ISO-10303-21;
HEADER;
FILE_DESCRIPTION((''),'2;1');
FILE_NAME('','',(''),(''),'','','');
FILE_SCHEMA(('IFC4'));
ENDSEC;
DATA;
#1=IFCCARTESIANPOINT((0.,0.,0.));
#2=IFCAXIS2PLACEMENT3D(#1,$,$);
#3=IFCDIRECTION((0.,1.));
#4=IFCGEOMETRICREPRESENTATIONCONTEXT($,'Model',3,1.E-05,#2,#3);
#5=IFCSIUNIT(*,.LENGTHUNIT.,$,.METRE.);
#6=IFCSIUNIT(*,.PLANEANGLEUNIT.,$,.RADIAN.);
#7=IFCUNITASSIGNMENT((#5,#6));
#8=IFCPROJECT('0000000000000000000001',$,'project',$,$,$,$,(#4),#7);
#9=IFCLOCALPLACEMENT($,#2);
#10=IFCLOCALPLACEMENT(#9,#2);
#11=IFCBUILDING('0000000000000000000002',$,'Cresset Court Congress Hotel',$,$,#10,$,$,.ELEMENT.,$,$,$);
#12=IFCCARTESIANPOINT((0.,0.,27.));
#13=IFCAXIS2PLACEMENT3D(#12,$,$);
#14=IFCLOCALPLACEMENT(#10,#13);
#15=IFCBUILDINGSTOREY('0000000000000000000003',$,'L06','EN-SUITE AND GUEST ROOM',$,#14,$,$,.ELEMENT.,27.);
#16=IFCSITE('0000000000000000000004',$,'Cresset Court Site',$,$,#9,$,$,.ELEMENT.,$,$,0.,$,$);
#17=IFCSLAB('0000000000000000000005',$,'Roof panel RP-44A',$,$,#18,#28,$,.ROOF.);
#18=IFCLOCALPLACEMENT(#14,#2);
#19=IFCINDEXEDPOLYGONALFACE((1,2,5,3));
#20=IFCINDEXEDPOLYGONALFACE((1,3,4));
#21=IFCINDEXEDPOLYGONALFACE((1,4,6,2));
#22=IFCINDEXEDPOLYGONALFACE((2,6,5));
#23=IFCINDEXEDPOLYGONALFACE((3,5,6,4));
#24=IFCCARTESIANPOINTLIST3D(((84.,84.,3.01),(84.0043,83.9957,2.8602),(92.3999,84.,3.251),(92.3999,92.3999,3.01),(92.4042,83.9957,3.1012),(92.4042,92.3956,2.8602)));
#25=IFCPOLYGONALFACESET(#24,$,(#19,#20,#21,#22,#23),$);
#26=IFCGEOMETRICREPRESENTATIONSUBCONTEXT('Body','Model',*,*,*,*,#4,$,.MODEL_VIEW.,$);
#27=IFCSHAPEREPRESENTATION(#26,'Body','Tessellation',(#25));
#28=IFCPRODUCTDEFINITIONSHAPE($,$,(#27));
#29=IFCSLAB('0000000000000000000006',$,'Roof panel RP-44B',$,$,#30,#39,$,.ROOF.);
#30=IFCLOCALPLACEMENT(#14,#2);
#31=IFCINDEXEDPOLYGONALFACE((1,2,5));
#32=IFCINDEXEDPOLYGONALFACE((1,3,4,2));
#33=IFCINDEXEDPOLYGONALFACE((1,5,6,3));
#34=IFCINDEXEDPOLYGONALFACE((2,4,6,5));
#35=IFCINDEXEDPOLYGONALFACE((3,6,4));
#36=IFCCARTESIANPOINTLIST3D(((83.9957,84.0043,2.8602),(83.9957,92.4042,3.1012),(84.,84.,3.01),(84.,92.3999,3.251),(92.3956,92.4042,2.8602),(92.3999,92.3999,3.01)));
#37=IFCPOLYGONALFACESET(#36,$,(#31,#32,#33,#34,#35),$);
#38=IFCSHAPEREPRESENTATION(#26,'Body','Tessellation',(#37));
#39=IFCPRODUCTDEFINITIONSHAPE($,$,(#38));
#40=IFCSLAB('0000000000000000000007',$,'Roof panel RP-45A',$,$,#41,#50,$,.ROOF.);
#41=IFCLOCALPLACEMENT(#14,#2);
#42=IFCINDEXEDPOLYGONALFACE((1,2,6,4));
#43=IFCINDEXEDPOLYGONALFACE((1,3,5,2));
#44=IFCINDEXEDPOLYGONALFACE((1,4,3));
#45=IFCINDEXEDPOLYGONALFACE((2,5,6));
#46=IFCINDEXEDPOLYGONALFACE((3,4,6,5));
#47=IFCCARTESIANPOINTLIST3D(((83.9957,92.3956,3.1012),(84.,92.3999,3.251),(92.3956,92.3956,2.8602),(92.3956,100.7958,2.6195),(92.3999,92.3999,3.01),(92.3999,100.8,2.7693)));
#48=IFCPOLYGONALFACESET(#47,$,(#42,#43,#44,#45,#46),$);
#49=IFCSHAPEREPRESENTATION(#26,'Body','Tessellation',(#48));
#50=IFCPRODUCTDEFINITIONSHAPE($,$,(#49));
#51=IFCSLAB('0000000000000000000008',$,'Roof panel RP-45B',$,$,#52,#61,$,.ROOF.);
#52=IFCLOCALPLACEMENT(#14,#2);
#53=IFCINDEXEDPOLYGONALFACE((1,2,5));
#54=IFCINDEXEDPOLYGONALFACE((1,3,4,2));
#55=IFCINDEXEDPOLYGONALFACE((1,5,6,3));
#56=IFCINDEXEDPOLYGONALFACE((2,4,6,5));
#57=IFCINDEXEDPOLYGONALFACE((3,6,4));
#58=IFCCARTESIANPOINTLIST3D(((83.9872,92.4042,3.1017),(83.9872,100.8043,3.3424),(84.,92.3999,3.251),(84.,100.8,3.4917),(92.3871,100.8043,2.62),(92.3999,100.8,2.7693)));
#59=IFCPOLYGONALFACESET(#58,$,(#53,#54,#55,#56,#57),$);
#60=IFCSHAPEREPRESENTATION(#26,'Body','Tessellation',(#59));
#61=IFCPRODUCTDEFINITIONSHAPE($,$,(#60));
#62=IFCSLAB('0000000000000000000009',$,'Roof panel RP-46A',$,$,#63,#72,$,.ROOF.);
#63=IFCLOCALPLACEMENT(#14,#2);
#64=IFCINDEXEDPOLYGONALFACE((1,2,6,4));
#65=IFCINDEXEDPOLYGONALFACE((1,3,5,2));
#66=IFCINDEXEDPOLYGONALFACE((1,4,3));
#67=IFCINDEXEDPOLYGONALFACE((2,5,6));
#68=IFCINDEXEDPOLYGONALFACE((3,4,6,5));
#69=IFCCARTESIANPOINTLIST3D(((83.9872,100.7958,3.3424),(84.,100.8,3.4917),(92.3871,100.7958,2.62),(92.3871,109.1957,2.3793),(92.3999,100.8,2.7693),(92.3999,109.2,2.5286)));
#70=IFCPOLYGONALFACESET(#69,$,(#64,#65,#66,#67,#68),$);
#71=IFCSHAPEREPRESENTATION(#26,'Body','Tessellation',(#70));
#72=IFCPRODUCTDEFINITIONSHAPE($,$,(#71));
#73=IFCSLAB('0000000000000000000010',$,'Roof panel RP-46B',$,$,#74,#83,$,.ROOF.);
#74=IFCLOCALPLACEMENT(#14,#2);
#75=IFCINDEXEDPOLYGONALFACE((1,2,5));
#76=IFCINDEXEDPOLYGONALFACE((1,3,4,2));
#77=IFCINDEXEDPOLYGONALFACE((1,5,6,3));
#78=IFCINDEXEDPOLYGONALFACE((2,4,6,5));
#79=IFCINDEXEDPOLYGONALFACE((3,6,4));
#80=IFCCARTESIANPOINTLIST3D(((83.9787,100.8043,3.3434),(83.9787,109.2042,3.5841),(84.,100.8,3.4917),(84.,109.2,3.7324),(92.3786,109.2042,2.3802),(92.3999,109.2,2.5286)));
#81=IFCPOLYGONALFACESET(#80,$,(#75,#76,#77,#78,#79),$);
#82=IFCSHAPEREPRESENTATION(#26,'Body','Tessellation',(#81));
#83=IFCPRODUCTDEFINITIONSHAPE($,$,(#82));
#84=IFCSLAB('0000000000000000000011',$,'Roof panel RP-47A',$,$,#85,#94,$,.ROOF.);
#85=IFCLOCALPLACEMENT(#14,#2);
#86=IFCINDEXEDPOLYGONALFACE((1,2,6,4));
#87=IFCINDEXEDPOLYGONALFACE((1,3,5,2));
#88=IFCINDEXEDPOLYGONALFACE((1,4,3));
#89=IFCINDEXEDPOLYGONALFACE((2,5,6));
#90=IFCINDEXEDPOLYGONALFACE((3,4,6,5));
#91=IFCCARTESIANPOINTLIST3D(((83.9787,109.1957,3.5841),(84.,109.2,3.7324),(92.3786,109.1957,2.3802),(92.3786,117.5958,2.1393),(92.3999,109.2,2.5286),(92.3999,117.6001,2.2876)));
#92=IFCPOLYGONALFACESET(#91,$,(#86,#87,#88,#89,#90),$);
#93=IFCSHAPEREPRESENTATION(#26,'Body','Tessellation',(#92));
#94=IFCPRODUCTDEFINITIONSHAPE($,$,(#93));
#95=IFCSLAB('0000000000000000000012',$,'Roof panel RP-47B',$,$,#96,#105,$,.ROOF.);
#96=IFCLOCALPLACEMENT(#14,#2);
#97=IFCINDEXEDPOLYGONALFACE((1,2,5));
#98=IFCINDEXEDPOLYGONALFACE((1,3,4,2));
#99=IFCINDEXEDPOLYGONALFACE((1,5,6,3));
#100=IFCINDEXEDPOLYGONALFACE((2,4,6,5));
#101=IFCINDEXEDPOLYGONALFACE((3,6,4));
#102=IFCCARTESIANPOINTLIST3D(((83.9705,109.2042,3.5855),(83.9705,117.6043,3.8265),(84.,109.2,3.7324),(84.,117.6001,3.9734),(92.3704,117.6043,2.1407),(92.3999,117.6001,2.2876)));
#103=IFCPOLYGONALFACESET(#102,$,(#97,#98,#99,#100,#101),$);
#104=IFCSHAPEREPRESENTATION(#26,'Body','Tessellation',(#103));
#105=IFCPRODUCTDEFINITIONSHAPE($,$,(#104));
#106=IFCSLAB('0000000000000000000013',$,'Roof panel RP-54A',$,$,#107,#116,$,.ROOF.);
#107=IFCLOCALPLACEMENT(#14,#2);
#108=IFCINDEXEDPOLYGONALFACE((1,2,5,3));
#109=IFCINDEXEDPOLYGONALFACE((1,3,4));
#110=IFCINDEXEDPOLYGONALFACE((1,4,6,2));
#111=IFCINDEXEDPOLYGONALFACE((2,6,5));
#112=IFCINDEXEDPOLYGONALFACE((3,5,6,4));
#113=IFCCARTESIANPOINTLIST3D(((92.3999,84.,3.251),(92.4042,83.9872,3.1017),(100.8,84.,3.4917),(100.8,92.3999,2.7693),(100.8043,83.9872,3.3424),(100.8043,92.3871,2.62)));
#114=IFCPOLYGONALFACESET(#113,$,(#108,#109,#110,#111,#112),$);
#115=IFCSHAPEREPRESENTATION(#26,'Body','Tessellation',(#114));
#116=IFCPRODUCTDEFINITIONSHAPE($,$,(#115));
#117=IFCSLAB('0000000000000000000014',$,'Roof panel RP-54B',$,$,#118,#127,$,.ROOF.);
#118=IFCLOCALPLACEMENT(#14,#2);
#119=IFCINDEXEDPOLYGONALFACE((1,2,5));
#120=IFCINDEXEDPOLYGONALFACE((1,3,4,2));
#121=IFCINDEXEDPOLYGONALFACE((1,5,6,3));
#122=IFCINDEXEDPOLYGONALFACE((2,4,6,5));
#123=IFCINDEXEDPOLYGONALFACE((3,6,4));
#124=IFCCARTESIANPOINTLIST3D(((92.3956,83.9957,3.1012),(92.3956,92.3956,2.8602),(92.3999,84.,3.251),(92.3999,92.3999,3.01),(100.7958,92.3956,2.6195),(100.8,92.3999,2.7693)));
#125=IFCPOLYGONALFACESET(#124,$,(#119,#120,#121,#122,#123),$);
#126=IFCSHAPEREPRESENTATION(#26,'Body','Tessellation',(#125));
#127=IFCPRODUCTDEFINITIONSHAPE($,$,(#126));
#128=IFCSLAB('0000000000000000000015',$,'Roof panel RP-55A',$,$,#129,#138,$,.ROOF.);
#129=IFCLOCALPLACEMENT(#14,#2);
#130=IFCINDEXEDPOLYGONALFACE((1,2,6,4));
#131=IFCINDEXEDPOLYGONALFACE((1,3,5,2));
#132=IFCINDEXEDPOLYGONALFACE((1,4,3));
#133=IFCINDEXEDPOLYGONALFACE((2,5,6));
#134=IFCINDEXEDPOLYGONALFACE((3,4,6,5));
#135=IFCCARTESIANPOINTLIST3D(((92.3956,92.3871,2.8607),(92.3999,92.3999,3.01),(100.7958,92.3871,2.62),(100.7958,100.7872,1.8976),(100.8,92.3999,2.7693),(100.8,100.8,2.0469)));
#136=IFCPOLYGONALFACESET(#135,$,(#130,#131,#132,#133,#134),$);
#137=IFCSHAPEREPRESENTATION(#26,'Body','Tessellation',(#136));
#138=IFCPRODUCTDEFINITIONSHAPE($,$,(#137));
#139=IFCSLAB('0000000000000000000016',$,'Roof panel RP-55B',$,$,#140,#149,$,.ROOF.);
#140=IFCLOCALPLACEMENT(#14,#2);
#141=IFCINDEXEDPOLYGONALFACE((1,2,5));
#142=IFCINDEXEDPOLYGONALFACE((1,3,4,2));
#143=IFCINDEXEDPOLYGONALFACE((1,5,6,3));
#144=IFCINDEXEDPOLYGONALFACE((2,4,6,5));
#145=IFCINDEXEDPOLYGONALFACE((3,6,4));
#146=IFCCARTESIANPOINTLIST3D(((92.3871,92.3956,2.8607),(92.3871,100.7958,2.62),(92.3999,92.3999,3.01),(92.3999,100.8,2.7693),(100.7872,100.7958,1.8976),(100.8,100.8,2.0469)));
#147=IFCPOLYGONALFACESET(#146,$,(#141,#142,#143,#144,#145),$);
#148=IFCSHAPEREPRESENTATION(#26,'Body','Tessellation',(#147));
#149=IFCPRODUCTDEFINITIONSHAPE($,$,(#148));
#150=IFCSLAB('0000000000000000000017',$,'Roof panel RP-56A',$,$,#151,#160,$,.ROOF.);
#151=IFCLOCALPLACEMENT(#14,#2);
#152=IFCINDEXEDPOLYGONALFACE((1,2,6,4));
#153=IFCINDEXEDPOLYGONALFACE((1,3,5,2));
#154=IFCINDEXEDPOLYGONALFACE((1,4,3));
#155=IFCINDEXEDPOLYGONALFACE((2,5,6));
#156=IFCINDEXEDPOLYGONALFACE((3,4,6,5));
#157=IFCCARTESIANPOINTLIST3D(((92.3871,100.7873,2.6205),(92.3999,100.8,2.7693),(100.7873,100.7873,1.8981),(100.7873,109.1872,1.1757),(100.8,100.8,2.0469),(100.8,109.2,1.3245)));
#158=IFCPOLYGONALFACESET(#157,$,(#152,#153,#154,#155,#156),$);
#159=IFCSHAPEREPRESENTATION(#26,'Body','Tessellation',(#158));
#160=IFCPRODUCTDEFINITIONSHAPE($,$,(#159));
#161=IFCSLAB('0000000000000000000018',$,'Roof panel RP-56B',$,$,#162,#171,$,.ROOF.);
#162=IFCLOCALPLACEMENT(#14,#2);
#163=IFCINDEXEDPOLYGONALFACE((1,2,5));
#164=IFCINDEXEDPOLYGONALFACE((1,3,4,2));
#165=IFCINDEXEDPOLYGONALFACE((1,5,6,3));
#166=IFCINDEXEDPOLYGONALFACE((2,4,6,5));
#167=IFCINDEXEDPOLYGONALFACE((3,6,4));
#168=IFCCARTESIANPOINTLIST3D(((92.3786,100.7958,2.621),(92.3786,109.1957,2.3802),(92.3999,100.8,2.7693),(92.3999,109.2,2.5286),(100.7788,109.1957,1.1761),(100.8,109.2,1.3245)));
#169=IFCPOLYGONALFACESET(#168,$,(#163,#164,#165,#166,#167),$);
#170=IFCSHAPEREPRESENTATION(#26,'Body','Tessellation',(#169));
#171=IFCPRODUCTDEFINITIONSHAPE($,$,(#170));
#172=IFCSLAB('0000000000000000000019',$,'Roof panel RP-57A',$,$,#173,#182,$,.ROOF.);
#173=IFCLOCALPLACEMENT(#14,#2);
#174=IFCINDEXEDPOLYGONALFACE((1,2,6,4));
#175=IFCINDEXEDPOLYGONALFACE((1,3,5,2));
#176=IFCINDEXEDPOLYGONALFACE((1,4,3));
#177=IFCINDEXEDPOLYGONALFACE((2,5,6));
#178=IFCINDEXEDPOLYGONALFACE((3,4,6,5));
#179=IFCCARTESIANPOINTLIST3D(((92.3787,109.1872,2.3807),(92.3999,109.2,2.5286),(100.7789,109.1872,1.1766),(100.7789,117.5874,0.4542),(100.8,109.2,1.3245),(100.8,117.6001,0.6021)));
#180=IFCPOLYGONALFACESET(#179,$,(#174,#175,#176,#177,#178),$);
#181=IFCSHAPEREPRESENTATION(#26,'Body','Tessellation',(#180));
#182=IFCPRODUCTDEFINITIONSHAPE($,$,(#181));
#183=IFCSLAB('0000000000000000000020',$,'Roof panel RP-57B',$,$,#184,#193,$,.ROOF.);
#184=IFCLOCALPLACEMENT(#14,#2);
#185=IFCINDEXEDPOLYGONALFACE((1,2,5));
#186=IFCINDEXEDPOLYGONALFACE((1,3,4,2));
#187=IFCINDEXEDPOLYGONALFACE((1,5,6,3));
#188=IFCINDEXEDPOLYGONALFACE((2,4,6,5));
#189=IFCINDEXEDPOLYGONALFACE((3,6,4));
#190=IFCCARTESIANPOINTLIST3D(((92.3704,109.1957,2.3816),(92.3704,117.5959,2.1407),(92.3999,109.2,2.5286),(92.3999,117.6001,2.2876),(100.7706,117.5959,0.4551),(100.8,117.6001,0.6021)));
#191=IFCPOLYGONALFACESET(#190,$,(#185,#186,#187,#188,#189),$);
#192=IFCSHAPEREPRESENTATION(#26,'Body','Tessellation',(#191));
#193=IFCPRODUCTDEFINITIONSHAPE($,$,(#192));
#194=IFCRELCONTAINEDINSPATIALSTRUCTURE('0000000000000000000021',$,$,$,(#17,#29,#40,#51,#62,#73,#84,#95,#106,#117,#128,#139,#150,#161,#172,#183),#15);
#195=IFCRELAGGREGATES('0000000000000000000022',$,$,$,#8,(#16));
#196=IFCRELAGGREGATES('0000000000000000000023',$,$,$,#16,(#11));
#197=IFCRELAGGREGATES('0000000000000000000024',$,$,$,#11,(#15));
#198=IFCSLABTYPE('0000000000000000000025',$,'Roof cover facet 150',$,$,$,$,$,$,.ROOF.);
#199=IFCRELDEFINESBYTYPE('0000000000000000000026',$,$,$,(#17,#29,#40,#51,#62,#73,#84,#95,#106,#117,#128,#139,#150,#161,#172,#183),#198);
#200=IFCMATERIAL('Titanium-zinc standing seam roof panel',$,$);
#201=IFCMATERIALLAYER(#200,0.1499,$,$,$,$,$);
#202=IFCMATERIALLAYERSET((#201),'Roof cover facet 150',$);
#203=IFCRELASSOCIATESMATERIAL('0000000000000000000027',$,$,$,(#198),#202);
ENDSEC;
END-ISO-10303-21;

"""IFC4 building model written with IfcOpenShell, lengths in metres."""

from ifc_helpers import new_model, si_unit, direction, frame, origin, place, context, subcontext, project, spatial, polyline, outline, extrude, material, layer, layer_set, type_object, element, save


model = new_model("IFC4")

# Units and contexts
model_context = context("Model", 3, precision=1e-05, world=origin(), true_north=direction((0.0, 1.0)))
body_context = subcontext(model_context, "Body", "Model", "MODEL_VIEW")
ifc_project = project(units=[si_unit("LENGTHUNIT", "METRE"), si_unit("PLANEANGLEUNIT", "RADIAN")], contexts=[model_context])

# Site, building, storey
site_placement = place(None, origin())
site = spatial("IfcSite", under=ifc_project, at=site_placement, Name="Cresset Court Site", CompositionType="ELEMENT", RefElevation=0.0)
building_placement = place(site_placement, origin())
building = spatial("IfcBuilding", under=site, at=building_placement, Name="Cresset Court Congress Hotel", CompositionType="ELEMENT")
storey_placement = place(building_placement, frame((0.0, 0.0, 27.0)))
storey = spatial("IfcBuildingStorey", under=building, at=storey_placement, Name="L06", Description="EN-SUITE AND GUEST ROOM", CompositionType="ELEMENT", Elevation=27.0)

# Slabs
ifc_material_1 = material(Name="Titanium-zinc standing seam roof panel")
ifc_layer_1 = layer(ifc_material_1, 0.1499)
ifc_layer_set_1 = layer_set([ifc_layer_1], Name="Roof cover facet 150")
slab_type = type_object("IfcSlabType", Name="Roof cover facet 150", PredefinedType="ROOF", material=ifc_layer_set_1)
slab_1_placement = place(storey_placement, frame((84.0, 84.0, 3.01), z_axis=(-0.028663, 0.028663, 0.999178), x_axis=(0.999589, 0.0, 0.028675)))
element("IfcSlab", 1, at=slab_1_placement, inside=storey, type_object=slab_type, Name="Roof panel RP-44A", PredefinedType="ROOF", context=body_context, shape_type="SweptSolid", body=[
    extrude(outline(polyline([(0.0, 0.0), (8.4034, 0.0), (8.3964, 8.4034), (0.0, 0.0)])), origin(), (0.0, 0.0, -1.0), 0.1499),
])
slab_2_placement = place(storey_placement, frame((84.0, 84.0, 3.01), z_axis=(0.028663, -0.028663, 0.999178), x_axis=(0.707107, 0.707107, 0.0)))
element("IfcSlab", 2, at=slab_2_placement, inside=storey, type_object=slab_type, Name="Roof panel RP-44B", PredefinedType="ROOF", context=body_context, shape_type="SweptSolid", body=[
    extrude(outline(polyline([(0.0, 0.0), (11.8793, 0.0), (5.9396, 5.9445), (0.0, 0.0)])), origin(), (0.0, 0.0, -1.0), 0.1499),
])
slab_3_placement = place(storey_placement, frame((84.0, 92.3999, 3.251), z_axis=(0.028663, 0.028633, 0.999179), x_axis=(0.999589, 0.0, -0.028675)))
element("IfcSlab", 3, at=slab_3_placement, inside=storey, type_object=slab_type, Name="Roof panel RP-45A", PredefinedType="ROOF", context=body_context, shape_type="SweptSolid", body=[
    extrude(outline(polyline([(0.0, 0.0), (8.4034, 0.0), (8.4103, 8.4036), (0.0, 0.0)])), origin(), (0.0, 0.0, -1.0), 0.1499),
])
slab_4_placement = place(storey_placement, frame((84.0, 92.3999, 3.251), z_axis=(0.085651, -0.02854, 0.995916), x_axis=(0.706516, 0.706536, -0.040515)))
element("IfcSlab", 4, at=slab_4_placement, inside=storey, type_object=slab_type, Name="Roof panel RP-45B", PredefinedType="ROOF", context=body_context, shape_type="SweptSolid", body=[
    extrude(outline(polyline([(0.0, 0.0), (11.8892, 0.0), (5.9253, 5.9592), (0.0, 0.0)])), origin(), (0.0, 0.0, -1.0), 0.1499),
])
slab_5_placement = place(storey_placement, frame((84.0, 100.8, 3.4917), z_axis=(0.085651, 0.028541, 0.995916), x_axis=(0.996322, 0.0, -0.085686)))
element("IfcSlab", 5, at=slab_5_placement, inside=storey, type_object=slab_type, Name="Roof panel RP-46A", PredefinedType="ROOF", context=body_context, shape_type="SweptSolid", body=[
    extrude(outline(polyline([(0.0, 0.0), (8.4309, 0.0), (8.4515, 8.4033), (0.0, 0.0)])), origin(), (0.0, 0.0, -1.0), 0.1499),
])
slab_6_placement = place(storey_placement, frame((84.0, 100.8, 3.4917), z_axis=(0.141811, -0.028357, 0.989487), x_axis=(0.704794, 0.704794, -0.080812)))
element("IfcSlab", 6, at=slab_6_placement, inside=storey, type_object=slab_type, Name="Roof panel RP-46B", PredefinedType="ROOF", context=body_context, shape_type="SweptSolid", body=[
    extrude(outline(polyline([(0.0, 0.0), (11.9182, 0.0), (5.9007, 5.9831), (0.0, 0.0)])), origin(), (0.0, 0.0, -1.0), 0.1499),
])
slab_7_placement = place(storey_placement, frame((84.0, 109.2, 3.7324), z_axis=(0.141811, 0.028384, 0.989487), x_axis=(0.989886, 0.0, -0.141868)))
element("IfcSlab", 7, at=slab_7_placement, inside=storey, type_object=slab_type, Name="Roof panel RP-47A", PredefinedType="ROOF", context=body_context, shape_type="SweptSolid", body=[
    extrude(outline(polyline([(0.0, 0.0), (8.4857, 0.0), (8.5199, 8.4035), (0.0, 0.0)])), origin(), (0.0, 0.0, -1.0), 0.1499),
])
slab_8_placement = place(storey_placement, frame((84.0, 109.2, 3.7324), z_axis=(0.19669, -0.028114, 0.980062), x_axis=(0.701924, 0.701944, -0.120734)))
element("IfcSlab", 8, at=slab_8_placement, inside=storey, type_object=slab_type, Name="Roof panel RP-47B", PredefinedType="ROOF", context=body_context, shape_type="SweptSolid", body=[
    extrude(outline(polyline([(0.0, 0.0), (11.967, 0.0), (5.8673, 6.0162), (0.0, 0.0)])), origin(), (0.0, 0.0, -1.0), 0.1499),
])
slab_9_placement = place(storey_placement, frame((92.3999, 84.0, 3.251), z_axis=(-0.02854, 0.085651, 0.995916), x_axis=(0.99959, 0.0, 0.028645)))
element("IfcSlab", 9, at=slab_9_placement, inside=storey, type_object=slab_type, Name="Roof panel RP-54A", PredefinedType="ROOF", context=body_context, shape_type="SweptSolid", body=[
    extrude(outline(polyline([(0.0, 0.0), (8.4036, 0.0), (8.3829, 8.4309), (0.0, 0.0)])), origin(), (0.0, 0.0, -1.0), 0.1499),
])
slab_10_placement = place(storey_placement, frame((92.3999, 84.0, 3.251), z_axis=(0.028633, 0.028663, 0.999179), x_axis=(0.706536, 0.706516, -0.040515)))
element("IfcSlab", 10, at=slab_10_placement, inside=storey, type_object=slab_type, Name="Roof panel RP-54B", PredefinedType="ROOF", context=body_context, shape_type="SweptSolid", body=[
    extrude(outline(polyline([(0.0, 0.0), (11.8892, 0.0), (5.9444, 5.9397), (0.0, 0.0)])), origin(), (0.0, 0.0, -1.0), 0.1499),
])
slab_11_placement = place(storey_placement, frame((92.3999, 92.3999, 3.01), z_axis=(0.02854, 0.085649, 0.995917), x_axis=(0.99959, 0.0, -0.028645)))
element("IfcSlab", 11, at=slab_11_placement, inside=storey, type_object=slab_type, Name="Roof panel RP-55A", PredefinedType="ROOF", context=body_context, shape_type="SweptSolid", body=[
    extrude(outline(polyline([(0.0, 0.0), (8.4036, 0.0), (8.4243, 8.4311), (0.0, 0.0)])), origin(), (0.0, 0.0, -1.0), 0.1499),
])
slab_12_placement = place(storey_placement, frame((92.3999, 92.3999, 3.01), z_axis=(0.085649, 0.02854, 0.995917), x_axis=(0.704794, 0.704794, -0.08081)))
element("IfcSlab", 12, at=slab_12_placement, inside=storey, type_object=slab_type, Name="Roof panel RP-55B", PredefinedType="ROOF", context=body_context, shape_type="SweptSolid", body=[
    extrude(outline(polyline([(0.0, 0.0), (11.9186, 0.0), (5.9398, 5.9446), (0.0, 0.0)])), origin(), (0.0, 0.0, -1.0), 0.1499),
])
slab_13_placement = place(storey_placement, frame((92.3999, 100.8, 2.7693), z_axis=(0.085371, 0.085373, 0.992685), x_axis=(0.996322, 0.0, -0.085684)))
element("IfcSlab", 13, at=slab_13_placement, inside=storey, type_object=slab_type, Name="Roof panel RP-56A", PredefinedType="ROOF", context=body_context, shape_type="SweptSolid", body=[
    extrude(outline(polyline([(0.0, 0.0), (8.4312, 0.0), (8.4931, 8.4307), (0.0, 0.0)])), origin(), (0.0, 0.0, -1.0), 0.1499),
])
slab_14_placement = place(storey_placement, frame((92.3999, 100.8, 2.7693), z_axis=(0.141836, 0.028356, 0.989484), x_axis=(0.701944, 0.701924, -0.120734)))
element("IfcSlab", 14, at=slab_14_placement, inside=storey, type_object=slab_type, Name="Roof panel RP-56B", PredefinedType="ROOF", context=body_context, shape_type="SweptSolid", body=[
    extrude(outline(polyline([(0.0, 0.0), (11.967, 0.0), (5.9252, 5.9589), (0.0, 0.0)])), origin(), (0.0, 0.0, -1.0), 0.1499),
])
slab_15_placement = place(storey_placement, frame((92.3999, 109.2, 2.5286), z_axis=(0.141381, 0.084823, 0.986315), x_axis=(0.989882, 0.0, -0.141893)))
element("IfcSlab", 15, at=slab_15_placement, inside=storey, type_object=slab_type, Name="Roof panel RP-57A", PredefinedType="ROOF", context=body_context, shape_type="SweptSolid", body=[
    extrude(outline(polyline([(0.0, 0.0), (8.486, 0.0), (8.5885, 8.4305), (0.0, 0.0)])), origin(), (0.0, 0.0, -1.0), 0.1499),
])
slab_16_placement = place(storey_placement, frame((92.3999, 109.2, 2.5286), z_axis=(0.196658, 0.028114, 0.980069), x_axis=(0.697988, 0.697988, -0.160079)))
element("IfcSlab", 16, at=slab_16_placement, inside=storey, type_object=slab_type, Name="Roof panel RP-57B", PredefinedType="ROOF", context=body_context, shape_type="SweptSolid", body=[
    extrude(outline(polyline([(0.0, 0.0), (12.0348, 0.0), (5.9018, 5.9824), (0.0, 0.0)])), origin(), (0.0, 0.0, -1.0), 0.1499),
])

save(model, "model.ifc")
